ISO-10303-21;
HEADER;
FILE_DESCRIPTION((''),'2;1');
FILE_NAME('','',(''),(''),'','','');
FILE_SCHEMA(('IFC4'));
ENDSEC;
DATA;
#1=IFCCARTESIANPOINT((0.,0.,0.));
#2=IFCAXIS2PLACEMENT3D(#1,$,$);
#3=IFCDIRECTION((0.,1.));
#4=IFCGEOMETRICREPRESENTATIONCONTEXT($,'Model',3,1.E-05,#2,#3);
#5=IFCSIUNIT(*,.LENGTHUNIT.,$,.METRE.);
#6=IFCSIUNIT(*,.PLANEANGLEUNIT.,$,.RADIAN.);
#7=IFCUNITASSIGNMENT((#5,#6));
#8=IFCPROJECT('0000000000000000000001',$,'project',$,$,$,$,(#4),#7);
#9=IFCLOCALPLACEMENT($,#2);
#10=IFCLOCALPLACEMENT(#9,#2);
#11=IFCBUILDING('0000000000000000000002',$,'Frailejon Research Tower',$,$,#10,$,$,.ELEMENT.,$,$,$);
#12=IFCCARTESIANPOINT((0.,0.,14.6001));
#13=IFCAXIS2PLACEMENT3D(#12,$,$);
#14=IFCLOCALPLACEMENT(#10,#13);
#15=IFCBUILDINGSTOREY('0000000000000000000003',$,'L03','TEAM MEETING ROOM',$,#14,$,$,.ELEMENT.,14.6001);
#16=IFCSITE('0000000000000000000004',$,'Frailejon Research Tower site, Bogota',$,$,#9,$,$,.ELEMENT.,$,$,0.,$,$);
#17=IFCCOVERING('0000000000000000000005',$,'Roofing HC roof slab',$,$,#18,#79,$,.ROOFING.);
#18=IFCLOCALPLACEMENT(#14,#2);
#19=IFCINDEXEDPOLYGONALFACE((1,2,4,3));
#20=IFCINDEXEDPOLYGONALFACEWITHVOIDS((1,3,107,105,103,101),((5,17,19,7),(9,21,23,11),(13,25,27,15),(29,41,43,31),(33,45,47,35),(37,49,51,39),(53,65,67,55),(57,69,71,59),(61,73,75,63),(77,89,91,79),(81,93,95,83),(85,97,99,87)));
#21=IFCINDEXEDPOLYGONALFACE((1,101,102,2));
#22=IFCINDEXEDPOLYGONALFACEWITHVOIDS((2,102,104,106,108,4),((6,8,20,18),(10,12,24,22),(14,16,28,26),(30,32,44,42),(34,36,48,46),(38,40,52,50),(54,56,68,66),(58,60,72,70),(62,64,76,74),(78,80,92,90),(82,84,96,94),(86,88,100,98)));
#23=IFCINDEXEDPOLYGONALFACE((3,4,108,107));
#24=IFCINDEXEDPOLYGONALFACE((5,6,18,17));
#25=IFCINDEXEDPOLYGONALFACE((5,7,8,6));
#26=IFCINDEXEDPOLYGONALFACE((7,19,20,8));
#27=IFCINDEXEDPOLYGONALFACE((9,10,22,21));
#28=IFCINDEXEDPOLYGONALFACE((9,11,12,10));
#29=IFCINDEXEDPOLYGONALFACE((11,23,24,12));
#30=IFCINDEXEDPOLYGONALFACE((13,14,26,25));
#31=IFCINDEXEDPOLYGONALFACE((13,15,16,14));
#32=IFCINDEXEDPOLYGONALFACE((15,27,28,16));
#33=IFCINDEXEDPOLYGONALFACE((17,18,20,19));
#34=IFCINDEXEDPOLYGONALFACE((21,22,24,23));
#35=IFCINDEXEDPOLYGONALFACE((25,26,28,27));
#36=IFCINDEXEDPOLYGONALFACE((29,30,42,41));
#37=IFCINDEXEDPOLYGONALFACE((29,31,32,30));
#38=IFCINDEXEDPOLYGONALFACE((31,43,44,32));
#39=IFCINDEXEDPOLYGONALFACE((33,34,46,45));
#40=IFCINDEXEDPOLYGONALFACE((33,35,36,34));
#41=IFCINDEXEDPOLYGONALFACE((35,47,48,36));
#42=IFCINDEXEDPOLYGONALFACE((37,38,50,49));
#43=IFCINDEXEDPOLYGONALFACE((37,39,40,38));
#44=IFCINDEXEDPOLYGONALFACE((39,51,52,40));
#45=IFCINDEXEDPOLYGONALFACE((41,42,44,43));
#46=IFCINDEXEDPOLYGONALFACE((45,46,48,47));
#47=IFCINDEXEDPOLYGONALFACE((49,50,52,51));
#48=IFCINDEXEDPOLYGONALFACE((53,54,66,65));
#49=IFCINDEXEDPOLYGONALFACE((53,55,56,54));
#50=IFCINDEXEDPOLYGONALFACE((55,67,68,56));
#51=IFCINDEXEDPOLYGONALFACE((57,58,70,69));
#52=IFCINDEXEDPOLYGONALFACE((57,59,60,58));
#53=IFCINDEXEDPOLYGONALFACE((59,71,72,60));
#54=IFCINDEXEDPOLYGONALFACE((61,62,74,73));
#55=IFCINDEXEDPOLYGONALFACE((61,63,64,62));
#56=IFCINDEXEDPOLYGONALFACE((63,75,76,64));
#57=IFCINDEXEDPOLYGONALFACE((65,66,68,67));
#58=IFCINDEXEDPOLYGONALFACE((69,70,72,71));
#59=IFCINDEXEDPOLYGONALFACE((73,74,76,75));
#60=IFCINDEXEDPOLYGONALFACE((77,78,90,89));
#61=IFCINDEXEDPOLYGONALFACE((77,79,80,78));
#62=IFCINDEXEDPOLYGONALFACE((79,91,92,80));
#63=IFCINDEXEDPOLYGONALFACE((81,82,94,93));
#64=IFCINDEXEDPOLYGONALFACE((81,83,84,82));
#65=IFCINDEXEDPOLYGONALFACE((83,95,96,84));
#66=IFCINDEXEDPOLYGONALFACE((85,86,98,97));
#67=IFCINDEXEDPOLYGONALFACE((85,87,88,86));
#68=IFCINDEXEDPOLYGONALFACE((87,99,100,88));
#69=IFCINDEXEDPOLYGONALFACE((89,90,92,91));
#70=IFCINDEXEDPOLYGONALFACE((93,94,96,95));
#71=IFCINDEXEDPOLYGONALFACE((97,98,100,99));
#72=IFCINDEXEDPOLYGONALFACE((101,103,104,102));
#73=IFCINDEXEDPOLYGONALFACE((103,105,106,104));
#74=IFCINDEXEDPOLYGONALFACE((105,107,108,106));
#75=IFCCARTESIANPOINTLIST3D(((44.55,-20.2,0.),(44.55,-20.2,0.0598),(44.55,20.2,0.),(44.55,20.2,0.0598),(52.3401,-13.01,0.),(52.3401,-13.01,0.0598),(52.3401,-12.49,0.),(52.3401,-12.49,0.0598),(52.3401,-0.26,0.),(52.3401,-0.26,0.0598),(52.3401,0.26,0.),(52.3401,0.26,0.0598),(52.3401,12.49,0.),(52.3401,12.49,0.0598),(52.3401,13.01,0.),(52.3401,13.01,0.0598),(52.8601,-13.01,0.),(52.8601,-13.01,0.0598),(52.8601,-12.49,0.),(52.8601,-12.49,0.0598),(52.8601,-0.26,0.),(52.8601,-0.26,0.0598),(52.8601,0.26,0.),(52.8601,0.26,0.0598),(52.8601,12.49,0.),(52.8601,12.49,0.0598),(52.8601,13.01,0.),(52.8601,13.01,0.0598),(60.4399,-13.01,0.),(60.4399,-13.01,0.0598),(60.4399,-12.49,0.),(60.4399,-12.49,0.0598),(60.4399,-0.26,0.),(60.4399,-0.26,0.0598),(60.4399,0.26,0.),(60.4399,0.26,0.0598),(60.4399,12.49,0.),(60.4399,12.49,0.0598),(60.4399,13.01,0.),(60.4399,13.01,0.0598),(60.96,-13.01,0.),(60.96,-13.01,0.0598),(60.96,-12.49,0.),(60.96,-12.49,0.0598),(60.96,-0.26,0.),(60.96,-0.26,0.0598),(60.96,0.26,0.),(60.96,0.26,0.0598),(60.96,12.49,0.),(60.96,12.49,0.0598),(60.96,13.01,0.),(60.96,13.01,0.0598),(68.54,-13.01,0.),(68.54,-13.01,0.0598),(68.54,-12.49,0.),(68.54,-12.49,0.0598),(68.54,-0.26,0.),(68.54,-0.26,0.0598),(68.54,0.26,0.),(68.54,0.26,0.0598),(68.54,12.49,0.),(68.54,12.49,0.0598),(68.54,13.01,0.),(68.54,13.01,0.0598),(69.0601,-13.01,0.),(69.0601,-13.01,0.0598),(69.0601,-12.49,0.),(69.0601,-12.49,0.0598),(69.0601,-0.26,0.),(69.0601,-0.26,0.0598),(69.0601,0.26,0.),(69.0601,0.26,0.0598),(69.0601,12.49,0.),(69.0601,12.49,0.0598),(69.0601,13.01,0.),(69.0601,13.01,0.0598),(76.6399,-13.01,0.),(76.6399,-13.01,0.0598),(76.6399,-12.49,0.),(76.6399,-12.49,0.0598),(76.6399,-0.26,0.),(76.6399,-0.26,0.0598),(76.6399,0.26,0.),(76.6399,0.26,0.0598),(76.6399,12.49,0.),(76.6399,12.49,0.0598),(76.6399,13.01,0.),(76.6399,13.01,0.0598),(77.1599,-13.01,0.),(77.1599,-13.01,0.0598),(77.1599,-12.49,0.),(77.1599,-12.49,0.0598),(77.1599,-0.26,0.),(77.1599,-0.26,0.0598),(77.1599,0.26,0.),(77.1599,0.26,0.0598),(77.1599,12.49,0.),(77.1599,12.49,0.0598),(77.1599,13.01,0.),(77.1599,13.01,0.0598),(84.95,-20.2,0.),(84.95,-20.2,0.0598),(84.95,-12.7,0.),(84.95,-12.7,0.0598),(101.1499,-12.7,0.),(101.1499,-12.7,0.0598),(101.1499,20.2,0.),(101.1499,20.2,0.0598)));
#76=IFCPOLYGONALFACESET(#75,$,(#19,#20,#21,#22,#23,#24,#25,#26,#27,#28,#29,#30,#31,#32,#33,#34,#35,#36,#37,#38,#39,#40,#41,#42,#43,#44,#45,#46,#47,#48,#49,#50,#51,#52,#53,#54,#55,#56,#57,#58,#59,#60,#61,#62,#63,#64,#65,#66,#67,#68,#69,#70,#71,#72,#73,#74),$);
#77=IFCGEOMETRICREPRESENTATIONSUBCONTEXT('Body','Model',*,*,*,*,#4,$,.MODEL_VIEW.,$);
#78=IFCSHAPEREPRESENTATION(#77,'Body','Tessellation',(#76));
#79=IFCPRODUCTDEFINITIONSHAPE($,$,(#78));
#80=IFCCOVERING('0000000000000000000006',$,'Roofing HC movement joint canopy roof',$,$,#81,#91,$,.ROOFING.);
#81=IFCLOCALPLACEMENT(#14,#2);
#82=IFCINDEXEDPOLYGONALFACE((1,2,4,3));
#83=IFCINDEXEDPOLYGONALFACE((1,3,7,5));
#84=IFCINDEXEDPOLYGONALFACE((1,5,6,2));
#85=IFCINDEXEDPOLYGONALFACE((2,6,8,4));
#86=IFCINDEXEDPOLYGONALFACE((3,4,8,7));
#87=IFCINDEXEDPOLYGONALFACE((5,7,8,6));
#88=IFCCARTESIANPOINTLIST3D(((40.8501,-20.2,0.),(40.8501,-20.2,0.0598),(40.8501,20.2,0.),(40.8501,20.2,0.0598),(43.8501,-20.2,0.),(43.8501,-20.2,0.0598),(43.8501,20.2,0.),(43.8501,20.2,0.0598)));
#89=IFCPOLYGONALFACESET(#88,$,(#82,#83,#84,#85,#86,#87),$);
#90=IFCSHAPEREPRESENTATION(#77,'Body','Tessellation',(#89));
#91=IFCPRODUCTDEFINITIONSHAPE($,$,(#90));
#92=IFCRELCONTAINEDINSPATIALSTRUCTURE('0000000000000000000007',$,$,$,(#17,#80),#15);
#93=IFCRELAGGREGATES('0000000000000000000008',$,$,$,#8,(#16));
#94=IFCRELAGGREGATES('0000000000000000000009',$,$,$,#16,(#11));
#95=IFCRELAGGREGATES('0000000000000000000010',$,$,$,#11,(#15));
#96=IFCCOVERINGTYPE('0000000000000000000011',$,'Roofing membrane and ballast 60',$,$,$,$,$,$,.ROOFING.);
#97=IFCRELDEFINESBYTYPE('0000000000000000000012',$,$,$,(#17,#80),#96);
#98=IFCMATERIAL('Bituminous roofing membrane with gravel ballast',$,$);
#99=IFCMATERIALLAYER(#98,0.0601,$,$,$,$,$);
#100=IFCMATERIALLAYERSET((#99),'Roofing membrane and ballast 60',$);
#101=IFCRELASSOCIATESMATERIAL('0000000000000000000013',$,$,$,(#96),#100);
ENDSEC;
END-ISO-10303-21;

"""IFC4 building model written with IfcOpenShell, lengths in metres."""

from ifc_helpers import new_model, si_unit, direction, frame, origin, place, context, subcontext, project, spatial, polyline, outline, extrude, material, layer, layer_set, type_object, element, save


model = new_model("IFC4")

# Units and contexts
model_context = context("Model", 3, precision=1e-05, world=origin(), true_north=direction((0.0, 1.0)))
body_context = subcontext(model_context, "Body", "Model", "MODEL_VIEW")
ifc_project = project(units=[si_unit("LENGTHUNIT", "METRE"), si_unit("PLANEANGLEUNIT", "RADIAN")], contexts=[model_context])

# Site, building, storey
site_placement = place(None, origin())
site = spatial("IfcSite", under=ifc_project, at=site_placement, Name="Frailejon Research Tower site, Bogota", CompositionType="ELEMENT", RefElevation=0.0)
building_placement = place(site_placement, origin())
building = spatial("IfcBuilding", under=site, at=building_placement, Name="Frailejon Research Tower", CompositionType="ELEMENT")
storey_placement = place(building_placement, frame((0.0, 0.0, 14.6001)))
storey = spatial("IfcBuildingStorey", under=building, at=storey_placement, Name="L03", Description="TEAM MEETING ROOM", CompositionType="ELEMENT", Elevation=14.6001)

# Coverings
ifc_material_1 = material(Name="Bituminous roofing membrane with gravel ballast")
ifc_layer_1 = layer(ifc_material_1, 0.0601)
ifc_layer_set_1 = layer_set([ifc_layer_1], Name="Roofing membrane and ballast 60")
covering_type = type_object("IfcCoveringType", Name="Roofing membrane and ballast 60", PredefinedType="ROOFING", material=ifc_layer_set_1)
covering_1_placement = place(storey_placement, origin())
element("IfcCovering", 1, at=covering_1_placement, inside=storey, type_object=covering_type, Name="Roofing HC roof slab", PredefinedType="ROOFING", context=body_context, shape_type="SweptSolid", body=[
    extrude(outline(polyline([(84.95, -20.2), (84.95, -12.7), (101.1499, -12.7), (101.1499, 20.2), (44.55, 20.2), (44.55, -20.2), (84.95, -20.2)]), holes=[polyline([(77.1599, 13.01), (77.1599, 12.49), (76.6399, 12.49), (76.6399, 13.01), (77.1599, 13.01)]), polyline([(77.1599, 0.26), (77.1599, -0.26), (76.6399, -0.26), (76.6399, 0.26), (77.1599, 0.26)]), polyline([(77.1599, -12.49), (77.1599, -13.01), (76.6399, -13.01), (76.6399, -12.49), (77.1599, -12.49)]), polyline([(69.0601, 13.01), (69.0601, 12.49), (68.54, 12.49), (68.54, 13.01), (69.0601, 13.01)]), polyline([(69.0601, 0.26), (69.0601, -0.26), (68.54, -0.26), (68.54, 0.26), (69.0601, 0.26)]), polyline([(69.0601, -12.49), (69.0601, -13.01), (68.54, -13.01), (68.54, -12.49), (69.0601, -12.49)]), polyline([(60.96, 13.01), (60.96, 12.49), (60.4399, 12.49), (60.4399, 13.01), (60.96, 13.01)]), polyline([(60.96, 0.26), (60.96, -0.26), (60.4399, -0.26), (60.4399, 0.26), (60.96, 0.26)]), polyline([(60.96, -12.49), (60.96, -13.01), (60.4399, -13.01), (60.4399, -12.49), (60.96, -12.49)]), polyline([(52.8601, 13.01), (52.8601, 12.49), (52.3401, 12.49), (52.3401, 13.01), (52.8601, 13.01)]), polyline([(52.8601, 0.26), (52.8601, -0.26), (52.3401, -0.26), (52.3401, 0.26), (52.8601, 0.26)]), polyline([(52.8601, -12.49), (52.8601, -13.01), (52.3401, -13.01), (52.3401, -12.49), (52.8601, -12.49)])]), origin(), (0.0, 0.0, 1.0), 0.0598),
])
covering_2_placement = place(storey_placement, origin())
element("IfcCovering", 2, at=covering_2_placement, inside=storey, type_object=covering_type, Name="Roofing HC movement joint canopy roof", PredefinedType="ROOFING", context=body_context, shape_type="SweptSolid", body=[
    extrude(outline(polyline([(43.8501, -20.2), (43.8501, 20.2), (40.8501, 20.2), (40.8501, -20.2), (43.8501, -20.2)])), origin(), (0.0, 0.0, 1.0), 0.0598),
])

save(model, "model.ifc")
